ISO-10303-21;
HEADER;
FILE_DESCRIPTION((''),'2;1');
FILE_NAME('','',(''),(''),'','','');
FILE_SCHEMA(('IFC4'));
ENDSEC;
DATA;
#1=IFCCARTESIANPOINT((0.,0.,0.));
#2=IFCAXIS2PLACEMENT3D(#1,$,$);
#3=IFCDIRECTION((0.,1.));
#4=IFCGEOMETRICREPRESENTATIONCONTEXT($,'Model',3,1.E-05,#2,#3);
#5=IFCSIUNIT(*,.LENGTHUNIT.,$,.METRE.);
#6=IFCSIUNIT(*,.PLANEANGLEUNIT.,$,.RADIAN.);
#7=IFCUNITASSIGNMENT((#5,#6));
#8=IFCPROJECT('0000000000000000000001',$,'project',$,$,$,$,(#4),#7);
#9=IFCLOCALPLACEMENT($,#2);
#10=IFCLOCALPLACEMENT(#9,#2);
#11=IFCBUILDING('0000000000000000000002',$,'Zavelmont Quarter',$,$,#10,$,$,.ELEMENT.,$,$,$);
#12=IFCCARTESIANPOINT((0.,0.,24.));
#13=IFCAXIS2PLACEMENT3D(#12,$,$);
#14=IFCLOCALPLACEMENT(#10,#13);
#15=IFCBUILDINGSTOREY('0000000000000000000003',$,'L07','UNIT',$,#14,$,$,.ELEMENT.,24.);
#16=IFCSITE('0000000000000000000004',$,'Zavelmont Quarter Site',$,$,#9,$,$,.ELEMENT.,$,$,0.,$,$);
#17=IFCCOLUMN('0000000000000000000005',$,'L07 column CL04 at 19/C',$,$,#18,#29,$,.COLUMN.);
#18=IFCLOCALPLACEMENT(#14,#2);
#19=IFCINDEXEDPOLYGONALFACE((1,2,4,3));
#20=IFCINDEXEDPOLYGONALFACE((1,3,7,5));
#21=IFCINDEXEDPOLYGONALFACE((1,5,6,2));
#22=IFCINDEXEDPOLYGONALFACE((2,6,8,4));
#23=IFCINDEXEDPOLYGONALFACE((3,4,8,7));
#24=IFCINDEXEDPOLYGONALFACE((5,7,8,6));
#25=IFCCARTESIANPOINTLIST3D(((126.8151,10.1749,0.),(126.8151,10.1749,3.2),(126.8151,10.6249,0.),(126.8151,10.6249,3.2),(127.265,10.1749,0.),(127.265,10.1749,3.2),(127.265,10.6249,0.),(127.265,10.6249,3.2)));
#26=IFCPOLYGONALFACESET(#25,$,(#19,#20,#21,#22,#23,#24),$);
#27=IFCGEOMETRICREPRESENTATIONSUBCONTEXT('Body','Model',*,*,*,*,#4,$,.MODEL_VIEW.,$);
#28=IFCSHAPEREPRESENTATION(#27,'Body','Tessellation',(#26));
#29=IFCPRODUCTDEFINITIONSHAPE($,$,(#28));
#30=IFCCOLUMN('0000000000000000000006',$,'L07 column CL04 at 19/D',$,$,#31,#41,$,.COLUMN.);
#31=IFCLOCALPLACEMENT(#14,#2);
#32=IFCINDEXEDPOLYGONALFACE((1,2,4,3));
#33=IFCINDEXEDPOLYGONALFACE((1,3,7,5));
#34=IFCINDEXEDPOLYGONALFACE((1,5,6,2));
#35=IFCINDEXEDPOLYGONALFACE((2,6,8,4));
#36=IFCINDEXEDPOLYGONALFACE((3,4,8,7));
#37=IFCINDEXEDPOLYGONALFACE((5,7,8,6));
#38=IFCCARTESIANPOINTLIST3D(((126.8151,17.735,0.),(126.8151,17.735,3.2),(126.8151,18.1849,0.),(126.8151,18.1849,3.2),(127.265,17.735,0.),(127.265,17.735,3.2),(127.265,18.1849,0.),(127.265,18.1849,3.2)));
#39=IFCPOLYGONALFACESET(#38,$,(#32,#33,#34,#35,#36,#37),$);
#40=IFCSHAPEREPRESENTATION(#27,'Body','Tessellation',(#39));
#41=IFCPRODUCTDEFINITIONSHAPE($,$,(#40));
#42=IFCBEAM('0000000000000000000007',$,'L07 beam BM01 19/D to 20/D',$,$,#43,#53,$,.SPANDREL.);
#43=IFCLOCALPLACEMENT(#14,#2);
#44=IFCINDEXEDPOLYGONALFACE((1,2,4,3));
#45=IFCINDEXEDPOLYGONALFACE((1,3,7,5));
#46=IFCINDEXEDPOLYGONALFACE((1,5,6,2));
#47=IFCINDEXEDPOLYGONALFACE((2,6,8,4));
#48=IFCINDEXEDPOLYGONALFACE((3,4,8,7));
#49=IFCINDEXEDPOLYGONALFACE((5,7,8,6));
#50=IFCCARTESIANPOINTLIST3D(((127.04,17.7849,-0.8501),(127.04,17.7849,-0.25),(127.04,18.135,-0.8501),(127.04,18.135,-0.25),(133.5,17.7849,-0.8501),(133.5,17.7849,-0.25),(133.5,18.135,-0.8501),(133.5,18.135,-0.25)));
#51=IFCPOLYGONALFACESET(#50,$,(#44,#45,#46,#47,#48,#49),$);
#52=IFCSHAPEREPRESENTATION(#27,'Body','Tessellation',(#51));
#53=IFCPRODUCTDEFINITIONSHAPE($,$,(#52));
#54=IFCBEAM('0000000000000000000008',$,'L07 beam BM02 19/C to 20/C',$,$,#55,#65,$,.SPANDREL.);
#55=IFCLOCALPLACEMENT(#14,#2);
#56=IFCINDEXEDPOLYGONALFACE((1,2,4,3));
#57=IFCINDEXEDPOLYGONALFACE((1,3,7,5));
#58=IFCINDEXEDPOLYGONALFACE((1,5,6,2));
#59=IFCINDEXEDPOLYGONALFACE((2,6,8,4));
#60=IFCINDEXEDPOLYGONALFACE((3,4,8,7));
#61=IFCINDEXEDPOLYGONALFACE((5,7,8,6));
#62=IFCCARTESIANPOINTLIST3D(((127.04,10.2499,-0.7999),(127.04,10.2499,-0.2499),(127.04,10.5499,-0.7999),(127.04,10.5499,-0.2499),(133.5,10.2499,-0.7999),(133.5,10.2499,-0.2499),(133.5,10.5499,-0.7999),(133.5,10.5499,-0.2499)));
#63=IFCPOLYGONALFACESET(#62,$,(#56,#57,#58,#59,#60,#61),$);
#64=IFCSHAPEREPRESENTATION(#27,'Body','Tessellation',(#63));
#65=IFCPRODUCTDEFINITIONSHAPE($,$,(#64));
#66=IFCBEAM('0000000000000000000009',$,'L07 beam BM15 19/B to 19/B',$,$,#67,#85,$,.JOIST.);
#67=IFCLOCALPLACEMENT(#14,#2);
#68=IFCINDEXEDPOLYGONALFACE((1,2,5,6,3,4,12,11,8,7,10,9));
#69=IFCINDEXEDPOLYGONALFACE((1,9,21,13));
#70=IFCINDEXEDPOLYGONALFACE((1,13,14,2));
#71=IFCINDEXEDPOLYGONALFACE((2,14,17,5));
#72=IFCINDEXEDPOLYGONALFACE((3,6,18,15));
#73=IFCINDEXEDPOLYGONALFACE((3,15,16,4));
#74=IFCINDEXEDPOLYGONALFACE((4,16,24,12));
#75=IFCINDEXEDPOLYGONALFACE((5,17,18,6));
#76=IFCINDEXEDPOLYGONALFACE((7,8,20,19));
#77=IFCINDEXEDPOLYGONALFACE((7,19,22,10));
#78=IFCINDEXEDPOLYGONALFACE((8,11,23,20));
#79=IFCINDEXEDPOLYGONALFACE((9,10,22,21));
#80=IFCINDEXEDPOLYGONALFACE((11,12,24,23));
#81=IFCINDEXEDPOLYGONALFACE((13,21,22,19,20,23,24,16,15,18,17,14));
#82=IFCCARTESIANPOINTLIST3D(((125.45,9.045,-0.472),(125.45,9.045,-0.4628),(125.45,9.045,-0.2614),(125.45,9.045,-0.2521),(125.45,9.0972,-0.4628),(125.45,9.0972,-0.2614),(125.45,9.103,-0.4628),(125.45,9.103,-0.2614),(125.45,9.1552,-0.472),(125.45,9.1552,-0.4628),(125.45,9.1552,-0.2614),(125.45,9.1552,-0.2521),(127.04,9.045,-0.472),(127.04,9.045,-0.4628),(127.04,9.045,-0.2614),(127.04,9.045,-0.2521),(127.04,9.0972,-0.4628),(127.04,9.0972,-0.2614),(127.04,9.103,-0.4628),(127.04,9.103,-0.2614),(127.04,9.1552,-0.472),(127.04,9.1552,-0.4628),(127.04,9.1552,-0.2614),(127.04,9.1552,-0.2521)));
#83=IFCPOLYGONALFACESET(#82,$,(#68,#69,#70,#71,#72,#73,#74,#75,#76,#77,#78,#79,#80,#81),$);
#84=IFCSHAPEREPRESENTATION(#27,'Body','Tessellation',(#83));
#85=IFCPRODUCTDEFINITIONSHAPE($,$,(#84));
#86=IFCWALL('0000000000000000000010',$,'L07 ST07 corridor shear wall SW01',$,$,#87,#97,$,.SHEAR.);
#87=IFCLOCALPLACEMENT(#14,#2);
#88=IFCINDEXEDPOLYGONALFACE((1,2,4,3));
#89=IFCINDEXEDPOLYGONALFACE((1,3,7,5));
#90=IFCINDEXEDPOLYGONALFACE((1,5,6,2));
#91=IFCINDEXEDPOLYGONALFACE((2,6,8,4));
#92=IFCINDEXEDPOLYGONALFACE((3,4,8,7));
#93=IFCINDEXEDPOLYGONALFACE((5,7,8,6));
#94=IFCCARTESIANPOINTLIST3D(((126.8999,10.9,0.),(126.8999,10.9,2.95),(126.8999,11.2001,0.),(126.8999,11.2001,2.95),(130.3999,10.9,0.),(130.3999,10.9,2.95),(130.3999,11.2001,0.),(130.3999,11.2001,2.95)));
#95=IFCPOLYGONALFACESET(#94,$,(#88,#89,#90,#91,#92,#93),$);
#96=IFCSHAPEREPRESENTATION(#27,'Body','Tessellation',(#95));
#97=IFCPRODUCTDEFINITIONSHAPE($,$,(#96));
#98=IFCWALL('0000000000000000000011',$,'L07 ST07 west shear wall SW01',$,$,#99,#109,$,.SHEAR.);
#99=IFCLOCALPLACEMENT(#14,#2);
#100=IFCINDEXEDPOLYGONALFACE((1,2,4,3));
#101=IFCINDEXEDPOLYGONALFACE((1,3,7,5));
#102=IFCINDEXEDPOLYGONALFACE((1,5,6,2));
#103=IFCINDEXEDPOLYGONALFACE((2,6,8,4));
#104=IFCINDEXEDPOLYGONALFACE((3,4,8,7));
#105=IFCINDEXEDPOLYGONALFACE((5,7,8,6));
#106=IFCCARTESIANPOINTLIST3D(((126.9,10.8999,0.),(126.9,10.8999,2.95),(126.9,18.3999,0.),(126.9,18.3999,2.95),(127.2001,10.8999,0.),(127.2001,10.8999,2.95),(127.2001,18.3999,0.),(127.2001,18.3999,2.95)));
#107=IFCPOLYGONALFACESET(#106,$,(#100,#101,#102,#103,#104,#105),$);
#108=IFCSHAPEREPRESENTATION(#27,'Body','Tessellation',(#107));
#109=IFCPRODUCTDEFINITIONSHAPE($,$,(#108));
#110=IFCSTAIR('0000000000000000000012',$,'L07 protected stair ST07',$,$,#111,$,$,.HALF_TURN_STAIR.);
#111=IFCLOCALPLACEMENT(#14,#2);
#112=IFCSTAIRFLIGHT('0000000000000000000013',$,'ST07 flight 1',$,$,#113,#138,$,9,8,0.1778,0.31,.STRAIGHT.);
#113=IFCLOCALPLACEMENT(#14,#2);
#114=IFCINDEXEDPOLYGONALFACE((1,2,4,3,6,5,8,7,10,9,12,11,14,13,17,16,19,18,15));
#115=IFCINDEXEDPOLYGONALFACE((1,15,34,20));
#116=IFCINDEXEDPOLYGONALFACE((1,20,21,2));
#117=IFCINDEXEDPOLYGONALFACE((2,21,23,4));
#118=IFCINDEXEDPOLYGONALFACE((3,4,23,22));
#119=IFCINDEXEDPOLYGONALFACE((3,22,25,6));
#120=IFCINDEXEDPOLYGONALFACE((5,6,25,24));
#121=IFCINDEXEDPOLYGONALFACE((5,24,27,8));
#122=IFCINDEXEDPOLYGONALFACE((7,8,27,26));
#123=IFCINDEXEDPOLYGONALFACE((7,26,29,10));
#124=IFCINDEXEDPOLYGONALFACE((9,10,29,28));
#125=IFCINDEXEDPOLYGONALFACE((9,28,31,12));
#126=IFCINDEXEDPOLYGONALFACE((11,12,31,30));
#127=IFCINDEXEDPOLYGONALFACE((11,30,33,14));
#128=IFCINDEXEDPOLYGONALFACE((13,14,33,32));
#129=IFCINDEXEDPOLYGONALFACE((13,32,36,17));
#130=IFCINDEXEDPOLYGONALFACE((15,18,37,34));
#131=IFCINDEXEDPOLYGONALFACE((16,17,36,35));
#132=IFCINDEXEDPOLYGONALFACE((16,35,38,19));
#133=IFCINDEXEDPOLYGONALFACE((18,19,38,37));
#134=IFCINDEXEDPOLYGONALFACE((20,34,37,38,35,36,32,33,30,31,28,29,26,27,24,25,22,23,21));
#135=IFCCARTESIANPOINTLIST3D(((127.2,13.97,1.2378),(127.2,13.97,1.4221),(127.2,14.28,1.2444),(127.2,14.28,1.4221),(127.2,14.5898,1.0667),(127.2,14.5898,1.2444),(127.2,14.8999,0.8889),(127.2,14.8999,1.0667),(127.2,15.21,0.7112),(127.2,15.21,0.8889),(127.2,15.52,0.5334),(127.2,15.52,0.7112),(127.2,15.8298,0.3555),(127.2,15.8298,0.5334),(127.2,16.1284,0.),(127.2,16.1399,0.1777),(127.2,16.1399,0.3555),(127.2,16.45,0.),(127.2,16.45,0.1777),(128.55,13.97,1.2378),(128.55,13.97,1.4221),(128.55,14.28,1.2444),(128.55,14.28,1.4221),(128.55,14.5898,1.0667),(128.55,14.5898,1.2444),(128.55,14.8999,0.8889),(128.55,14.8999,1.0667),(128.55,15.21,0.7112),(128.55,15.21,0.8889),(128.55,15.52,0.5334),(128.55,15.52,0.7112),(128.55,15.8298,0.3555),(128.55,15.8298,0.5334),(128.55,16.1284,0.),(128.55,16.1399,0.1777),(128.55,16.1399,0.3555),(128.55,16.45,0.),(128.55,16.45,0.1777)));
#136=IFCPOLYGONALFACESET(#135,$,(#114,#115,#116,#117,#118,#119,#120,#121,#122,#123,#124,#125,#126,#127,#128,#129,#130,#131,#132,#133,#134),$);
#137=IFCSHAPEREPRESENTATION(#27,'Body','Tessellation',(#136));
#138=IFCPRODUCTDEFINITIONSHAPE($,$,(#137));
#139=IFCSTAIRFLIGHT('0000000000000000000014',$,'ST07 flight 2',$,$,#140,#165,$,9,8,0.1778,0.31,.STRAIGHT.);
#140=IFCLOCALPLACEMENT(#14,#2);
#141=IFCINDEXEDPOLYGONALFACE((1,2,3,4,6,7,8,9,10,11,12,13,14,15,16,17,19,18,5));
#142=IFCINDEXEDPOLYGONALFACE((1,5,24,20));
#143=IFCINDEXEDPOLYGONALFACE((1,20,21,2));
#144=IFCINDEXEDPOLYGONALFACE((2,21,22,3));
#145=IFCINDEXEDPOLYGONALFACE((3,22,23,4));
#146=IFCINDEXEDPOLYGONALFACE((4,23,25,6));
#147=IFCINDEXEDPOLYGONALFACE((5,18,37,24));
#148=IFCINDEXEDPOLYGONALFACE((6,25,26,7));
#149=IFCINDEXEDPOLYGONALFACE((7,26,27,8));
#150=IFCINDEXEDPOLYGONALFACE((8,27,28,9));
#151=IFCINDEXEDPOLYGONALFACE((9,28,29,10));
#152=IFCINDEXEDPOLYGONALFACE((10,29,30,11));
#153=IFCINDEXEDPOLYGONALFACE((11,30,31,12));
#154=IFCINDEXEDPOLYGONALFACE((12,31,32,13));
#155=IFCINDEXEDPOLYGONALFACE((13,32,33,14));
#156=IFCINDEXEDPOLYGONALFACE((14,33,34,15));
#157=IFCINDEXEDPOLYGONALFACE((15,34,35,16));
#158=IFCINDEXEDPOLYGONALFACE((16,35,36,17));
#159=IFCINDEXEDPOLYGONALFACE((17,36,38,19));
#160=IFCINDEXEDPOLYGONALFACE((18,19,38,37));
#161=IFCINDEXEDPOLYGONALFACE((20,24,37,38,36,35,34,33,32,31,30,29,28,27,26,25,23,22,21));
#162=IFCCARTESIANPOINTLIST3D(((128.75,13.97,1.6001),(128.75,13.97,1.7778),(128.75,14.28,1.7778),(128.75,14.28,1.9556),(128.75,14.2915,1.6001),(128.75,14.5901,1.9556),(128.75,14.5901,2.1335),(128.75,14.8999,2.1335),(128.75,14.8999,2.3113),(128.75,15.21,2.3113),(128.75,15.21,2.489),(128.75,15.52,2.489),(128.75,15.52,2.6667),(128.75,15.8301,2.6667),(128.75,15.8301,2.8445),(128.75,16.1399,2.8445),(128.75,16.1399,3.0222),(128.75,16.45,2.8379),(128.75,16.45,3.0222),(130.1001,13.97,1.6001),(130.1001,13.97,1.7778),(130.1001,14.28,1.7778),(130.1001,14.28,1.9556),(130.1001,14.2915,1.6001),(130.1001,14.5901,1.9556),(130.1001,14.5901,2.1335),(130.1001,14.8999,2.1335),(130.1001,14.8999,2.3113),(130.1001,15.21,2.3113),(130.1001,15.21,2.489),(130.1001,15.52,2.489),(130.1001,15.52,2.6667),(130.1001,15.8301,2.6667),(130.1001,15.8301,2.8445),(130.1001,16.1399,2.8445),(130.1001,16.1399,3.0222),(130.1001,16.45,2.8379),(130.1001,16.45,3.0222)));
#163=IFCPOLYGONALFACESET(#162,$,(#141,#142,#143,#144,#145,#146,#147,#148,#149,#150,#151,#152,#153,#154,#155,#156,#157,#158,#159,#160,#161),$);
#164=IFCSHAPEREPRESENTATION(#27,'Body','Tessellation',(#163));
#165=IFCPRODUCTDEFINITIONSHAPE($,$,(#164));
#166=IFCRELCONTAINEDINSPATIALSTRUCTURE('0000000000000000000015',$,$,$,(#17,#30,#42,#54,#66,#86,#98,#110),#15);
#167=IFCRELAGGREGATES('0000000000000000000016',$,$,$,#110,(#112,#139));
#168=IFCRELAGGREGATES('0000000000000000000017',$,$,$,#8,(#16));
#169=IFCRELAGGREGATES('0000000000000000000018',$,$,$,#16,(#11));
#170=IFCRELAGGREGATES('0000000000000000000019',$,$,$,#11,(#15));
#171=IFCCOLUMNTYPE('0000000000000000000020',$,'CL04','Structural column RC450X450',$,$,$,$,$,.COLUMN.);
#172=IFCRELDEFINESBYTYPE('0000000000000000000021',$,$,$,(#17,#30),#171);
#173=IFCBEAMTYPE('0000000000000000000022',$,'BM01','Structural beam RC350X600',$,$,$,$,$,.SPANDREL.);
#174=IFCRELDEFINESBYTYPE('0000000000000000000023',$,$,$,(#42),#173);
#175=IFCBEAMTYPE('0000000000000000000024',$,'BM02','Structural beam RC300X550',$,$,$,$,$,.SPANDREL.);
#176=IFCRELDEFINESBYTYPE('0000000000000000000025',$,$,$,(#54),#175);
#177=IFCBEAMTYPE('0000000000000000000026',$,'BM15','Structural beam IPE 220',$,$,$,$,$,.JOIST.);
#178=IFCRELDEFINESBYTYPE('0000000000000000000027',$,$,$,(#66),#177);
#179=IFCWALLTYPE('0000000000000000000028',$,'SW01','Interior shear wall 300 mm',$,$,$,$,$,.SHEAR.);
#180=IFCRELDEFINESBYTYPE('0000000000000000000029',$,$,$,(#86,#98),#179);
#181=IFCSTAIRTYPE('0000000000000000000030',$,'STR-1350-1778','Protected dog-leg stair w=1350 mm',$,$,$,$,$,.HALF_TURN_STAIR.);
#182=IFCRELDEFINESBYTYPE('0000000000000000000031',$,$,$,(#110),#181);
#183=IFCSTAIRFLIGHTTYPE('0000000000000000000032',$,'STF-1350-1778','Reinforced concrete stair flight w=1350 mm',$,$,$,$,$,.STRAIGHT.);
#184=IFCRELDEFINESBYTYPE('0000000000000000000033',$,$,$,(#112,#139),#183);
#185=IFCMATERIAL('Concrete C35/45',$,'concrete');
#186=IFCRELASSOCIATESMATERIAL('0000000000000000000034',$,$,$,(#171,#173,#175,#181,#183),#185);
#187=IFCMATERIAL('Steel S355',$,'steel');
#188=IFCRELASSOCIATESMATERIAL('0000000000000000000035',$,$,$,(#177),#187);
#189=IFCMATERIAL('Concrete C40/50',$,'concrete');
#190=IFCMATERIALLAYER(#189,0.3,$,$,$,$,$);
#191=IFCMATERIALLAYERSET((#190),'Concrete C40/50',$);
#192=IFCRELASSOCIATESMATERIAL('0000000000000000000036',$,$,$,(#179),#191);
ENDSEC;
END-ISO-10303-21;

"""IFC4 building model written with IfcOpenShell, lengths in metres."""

from ifc_helpers import new_model, si_unit, direction, frame, frame_2d, origin, origin_2d, place, context, subcontext, project, spatial, polyline, rectangle, i_section, outline, extrude, material, layer, layer_set, material_profile, profile_set, type_object, element, aggregate, save


model = new_model("IFC4")

# Units and contexts
model_context = context("Model", 3, precision=1e-05, world=origin(), true_north=direction((0.0, 1.0)))
body_context = subcontext(model_context, "Body", "Model", "MODEL_VIEW")
ifc_project = project(units=[si_unit("LENGTHUNIT", "METRE"), si_unit("PLANEANGLEUNIT", "RADIAN")], contexts=[model_context])

# Site, building, storey
site_placement = place(None, origin())
site = spatial("IfcSite", under=ifc_project, at=site_placement, Name="Zavelmont Quarter Site", CompositionType="ELEMENT", RefElevation=0.0)
building_placement = place(site_placement, origin())
building = spatial("IfcBuilding", under=site, at=building_placement, Name="Zavelmont Quarter", CompositionType="ELEMENT")
storey_placement = place(building_placement, frame((0.0, 0.0, 24.0)))
storey = spatial("IfcBuildingStorey", under=building, at=storey_placement, Name="L07", Description="UNIT", CompositionType="ELEMENT", Elevation=24.0)

# Columns
ifc_material_1 = material(Name="Concrete C35/45", Category="concrete")
ifc_material_profile_1 = material_profile(ifc_material_1, rectangle(XDim=0.45, YDim=0.45, at=origin_2d()), Name="RC450X450")
ifc_profile_set_1 = profile_set([ifc_material_profile_1], Name="Concrete C35/45")
column_type = type_object("IfcColumnType", Name="CL04", Description="Structural column RC450X450", PredefinedType="COLUMN", material=ifc_profile_set_1)
for number, where, z_axis, x_axis, name in (
    (1, (127.04, 10.3999, 0.0), (0.0, 0.0, 1.0), (1.0, 0.0, 0.0), "L07 column CL04 at 19/C"),
    (2, (127.04, 17.96, 0.0), (0.0, 0.0, 1.0), (1.0, 0.0, 0.0), "L07 column CL04 at 19/D"),
):
    element("IfcColumn", number, at=place(storey_placement, frame(where, z_axis=z_axis, x_axis=x_axis)), inside=storey, type_object=column_type, Name=name, PredefinedType="COLUMN", context=body_context, shape_type="SweptSolid", body=[
        extrude(rectangle(XDim=0.45, YDim=0.45, at=origin_2d()), origin(), (0.0, 0.0, 1.0), 3.2),
    ])

# Beams
ifc_material_profile_2 = material_profile(ifc_material_1, rectangle(XDim=0.3501, YDim=0.6001, at=origin_2d()), Name="RC350X600")
ifc_profile_set_2 = profile_set([ifc_material_profile_2], Name="Concrete C35/45")
beam_type_1 = type_object("IfcBeamType", Name="BM01", Description="Structural beam RC350X600", PredefinedType="SPANDREL", material=ifc_profile_set_2)
beam_1_placement = place(storey_placement, frame((127.04, 17.96, -0.55), z_axis=(1.0, 0.0, 0.0), x_axis=(0.0, 1.0, 0.0)))
element("IfcBeam", 3, at=beam_1_placement, inside=storey, type_object=beam_type_1, Name="L07 beam BM01 19/D to 20/D", PredefinedType="SPANDREL", context=body_context, shape_type="SweptSolid", body=[
    extrude(rectangle(XDim=0.3501, YDim=0.6001, at=origin_2d()), origin(), (0.0, 0.0, 1.0), 6.46),
])
ifc_material_profile_3 = material_profile(ifc_material_1, rectangle(XDim=0.3, YDim=0.55, at=origin_2d()), Name="RC300X550")
ifc_profile_set_3 = profile_set([ifc_material_profile_3], Name="Concrete C35/45")
beam_type_2 = type_object("IfcBeamType", Name="BM02", Description="Structural beam RC300X550", PredefinedType="SPANDREL", material=ifc_profile_set_3)
beam_2_placement = place(storey_placement, frame((127.04, 10.3999, -0.5249), z_axis=(1.0, 0.0, 0.0), x_axis=(0.0, 1.0, 0.0)))
element("IfcBeam", 4, at=beam_2_placement, inside=storey, type_object=beam_type_2, Name="L07 beam BM02 19/C to 20/C", PredefinedType="SPANDREL", context=body_context, shape_type="SweptSolid", body=[
    extrude(rectangle(XDim=0.3, YDim=0.55, at=origin_2d()), origin(), (0.0, 0.0, 1.0), 6.46),
])
ifc_material_2 = material(Name="Steel S355", Category="steel")
ifc_material_profile_4 = material_profile(ifc_material_2, i_section(OverallWidth=0.1101, OverallDepth=0.22, WebThickness=0.0059, FlangeThickness=0.0093, at=origin_2d()), Name="IPE 220")
ifc_profile_set_4 = profile_set([ifc_material_profile_4], Name="Steel S355")
beam_type_3 = type_object("IfcBeamType", Name="BM15", Description="Structural beam IPE 220", PredefinedType="JOIST", material=ifc_profile_set_4)
beam_3_placement = place(storey_placement, frame((127.04, 9.1001, -0.3621), z_axis=(-1.0, 0.0, 0.0), x_axis=(0.0, -1.0, 0.0)))
element("IfcBeam", 5, at=beam_3_placement, inside=storey, type_object=beam_type_3, Name="L07 beam BM15 19/B to 19/B", PredefinedType="JOIST", context=body_context, shape_type="SweptSolid", body=[
    extrude(i_section(OverallWidth=0.1101, OverallDepth=0.22, WebThickness=0.0059, FlangeThickness=0.0093, at=origin_2d()), origin(), (0.0, 0.0, 1.0), 1.5901),
])

# Walls
ifc_material_3 = material(Name="Concrete C40/50", Category="concrete")
ifc_layer = layer(ifc_material_3, 0.3)
ifc_layer_set = layer_set([ifc_layer], Name="Concrete C40/50")
wall_type = type_object("IfcWallType", Name="SW01", Description="Interior shear wall 300 mm", PredefinedType="SHEAR", material=ifc_layer_set)
wall_1_placement = place(storey_placement, frame((126.8999, 11.05, 0.0), z_axis=(0.0, 0.0, 1.0), x_axis=(1.0, 0.0, 0.0)))
element("IfcWall", 6, at=wall_1_placement, inside=storey, type_object=wall_type, Name="L07 ST07 corridor shear wall SW01", PredefinedType="SHEAR", context=body_context, shape_type="SweptSolid", body=[
    extrude(rectangle(XDim=3.5, YDim=0.3, at=frame_2d((1.75, 0.0))), origin(), (0.0, 0.0, 1.0), 2.95),
])
wall_2_placement = place(storey_placement, frame((127.05, 10.8999, 0.0), z_axis=(0.0, 0.0, 1.0), x_axis=(0.0, 1.0, 0.0)))
element("IfcWall", 7, at=wall_2_placement, inside=storey, type_object=wall_type, Name="L07 ST07 west shear wall SW01", PredefinedType="SHEAR", context=body_context, shape_type="SweptSolid", body=[
    extrude(rectangle(XDim=7.5, YDim=0.3, at=frame_2d((3.75, 0.0))), origin(), (0.0, 0.0, 1.0), 2.95),
])

# Stair, stair flights
stair_type = type_object("IfcStairType", Name="STR-1350-1778", Description="Protected dog-leg stair w=1350 mm", PredefinedType="HALF_TURN_STAIR", material=ifc_material_1)
stair_placement = place(storey_placement, origin())
stair = element("IfcStair", 8, at=stair_placement, inside=storey, type_object=stair_type, Name="L07 protected stair ST07", PredefinedType="HALF_TURN_STAIR")
stair_flight_type = type_object("IfcStairFlightType", Name="STF-1350-1778", Description="Reinforced concrete stair flight w=1350 mm", PredefinedType="STRAIGHT", material=ifc_material_1)
stair_flight_1_placement = place(storey_placement, frame((127.875, 16.45, 0.0), z_axis=(0.0, 0.0, 1.0), x_axis=(0.0, -1.0, 0.0)))
stair_flight_1 = element("IfcStairFlight", 9, at=stair_flight_1_placement, type_object=stair_flight_type, Name="ST07 flight 1", NumberOfRisers=9, NumberOfTreads=8, PredefinedType="STRAIGHT", RiserHeight=0.1778, TreadLength=0.31, context=body_context, shape_type="SweptSolid", body=[
    extrude(outline(polyline([(0.0, 0.0), (0.0, 0.1777), (0.3101, 0.1777), (0.3101, 0.3555), (0.6201, 0.3555), (0.6201, 0.5334), (0.9299, 0.5334), (0.9299, 0.7112), (1.24, 0.7112), (1.24, 0.8889), (1.55, 0.8889), (1.55, 1.0667), (1.8601, 1.0667), (1.8601, 1.2444), (2.1699, 1.2444), (2.1699, 1.4221), (2.48, 1.4221), (2.48, 1.6001), (2.48, 1.2378), (0.3215, 0.0), (0.0, 0.0)])), frame((0.0, 0.675, 0.0), z_axis=(0.0, -1.0, 0.0), x_axis=(1.0, 0.0, 0.0)), (0.0, 0.0, 1.0), 1.3501),
])
stair_flight_2_placement = place(storey_placement, frame((129.425, 13.97, 1.6001), z_axis=(0.0, 0.0, 1.0), x_axis=(0.0, 1.0, 0.0)))
stair_flight_2 = element("IfcStairFlight", 10, at=stair_flight_2_placement, type_object=stair_flight_type, Name="ST07 flight 2", NumberOfRisers=9, NumberOfTreads=8, PredefinedType="STRAIGHT", RiserHeight=0.1778, TreadLength=0.31, context=body_context, shape_type="SweptSolid", body=[
    extrude(outline(polyline([(0.0, 0.0), (0.0, 0.1777), (0.3101, 0.1777), (0.3101, 0.3555), (0.6201, 0.3555), (0.6201, 0.5334), (0.9299, 0.5334), (0.9299, 0.7112), (1.24, 0.7112), (1.24, 0.8889), (1.55, 0.8889), (1.55, 1.0667), (1.8601, 1.0667), (1.8601, 1.2444), (2.1699, 1.2444), (2.1699, 1.4221), (2.48, 1.4221), (2.48, 1.6001), (2.48, 1.2378), (0.3215, 0.0), (0.0, 0.0)])), frame((0.0, 0.675, 0.0), z_axis=(0.0, -1.0, 0.0), x_axis=(1.0, 0.0, 0.0)), (0.0, 0.0, 1.0), 1.3501),
])
aggregate(stair, [stair_flight_1, stair_flight_2])

save(model, "model.ifc")
